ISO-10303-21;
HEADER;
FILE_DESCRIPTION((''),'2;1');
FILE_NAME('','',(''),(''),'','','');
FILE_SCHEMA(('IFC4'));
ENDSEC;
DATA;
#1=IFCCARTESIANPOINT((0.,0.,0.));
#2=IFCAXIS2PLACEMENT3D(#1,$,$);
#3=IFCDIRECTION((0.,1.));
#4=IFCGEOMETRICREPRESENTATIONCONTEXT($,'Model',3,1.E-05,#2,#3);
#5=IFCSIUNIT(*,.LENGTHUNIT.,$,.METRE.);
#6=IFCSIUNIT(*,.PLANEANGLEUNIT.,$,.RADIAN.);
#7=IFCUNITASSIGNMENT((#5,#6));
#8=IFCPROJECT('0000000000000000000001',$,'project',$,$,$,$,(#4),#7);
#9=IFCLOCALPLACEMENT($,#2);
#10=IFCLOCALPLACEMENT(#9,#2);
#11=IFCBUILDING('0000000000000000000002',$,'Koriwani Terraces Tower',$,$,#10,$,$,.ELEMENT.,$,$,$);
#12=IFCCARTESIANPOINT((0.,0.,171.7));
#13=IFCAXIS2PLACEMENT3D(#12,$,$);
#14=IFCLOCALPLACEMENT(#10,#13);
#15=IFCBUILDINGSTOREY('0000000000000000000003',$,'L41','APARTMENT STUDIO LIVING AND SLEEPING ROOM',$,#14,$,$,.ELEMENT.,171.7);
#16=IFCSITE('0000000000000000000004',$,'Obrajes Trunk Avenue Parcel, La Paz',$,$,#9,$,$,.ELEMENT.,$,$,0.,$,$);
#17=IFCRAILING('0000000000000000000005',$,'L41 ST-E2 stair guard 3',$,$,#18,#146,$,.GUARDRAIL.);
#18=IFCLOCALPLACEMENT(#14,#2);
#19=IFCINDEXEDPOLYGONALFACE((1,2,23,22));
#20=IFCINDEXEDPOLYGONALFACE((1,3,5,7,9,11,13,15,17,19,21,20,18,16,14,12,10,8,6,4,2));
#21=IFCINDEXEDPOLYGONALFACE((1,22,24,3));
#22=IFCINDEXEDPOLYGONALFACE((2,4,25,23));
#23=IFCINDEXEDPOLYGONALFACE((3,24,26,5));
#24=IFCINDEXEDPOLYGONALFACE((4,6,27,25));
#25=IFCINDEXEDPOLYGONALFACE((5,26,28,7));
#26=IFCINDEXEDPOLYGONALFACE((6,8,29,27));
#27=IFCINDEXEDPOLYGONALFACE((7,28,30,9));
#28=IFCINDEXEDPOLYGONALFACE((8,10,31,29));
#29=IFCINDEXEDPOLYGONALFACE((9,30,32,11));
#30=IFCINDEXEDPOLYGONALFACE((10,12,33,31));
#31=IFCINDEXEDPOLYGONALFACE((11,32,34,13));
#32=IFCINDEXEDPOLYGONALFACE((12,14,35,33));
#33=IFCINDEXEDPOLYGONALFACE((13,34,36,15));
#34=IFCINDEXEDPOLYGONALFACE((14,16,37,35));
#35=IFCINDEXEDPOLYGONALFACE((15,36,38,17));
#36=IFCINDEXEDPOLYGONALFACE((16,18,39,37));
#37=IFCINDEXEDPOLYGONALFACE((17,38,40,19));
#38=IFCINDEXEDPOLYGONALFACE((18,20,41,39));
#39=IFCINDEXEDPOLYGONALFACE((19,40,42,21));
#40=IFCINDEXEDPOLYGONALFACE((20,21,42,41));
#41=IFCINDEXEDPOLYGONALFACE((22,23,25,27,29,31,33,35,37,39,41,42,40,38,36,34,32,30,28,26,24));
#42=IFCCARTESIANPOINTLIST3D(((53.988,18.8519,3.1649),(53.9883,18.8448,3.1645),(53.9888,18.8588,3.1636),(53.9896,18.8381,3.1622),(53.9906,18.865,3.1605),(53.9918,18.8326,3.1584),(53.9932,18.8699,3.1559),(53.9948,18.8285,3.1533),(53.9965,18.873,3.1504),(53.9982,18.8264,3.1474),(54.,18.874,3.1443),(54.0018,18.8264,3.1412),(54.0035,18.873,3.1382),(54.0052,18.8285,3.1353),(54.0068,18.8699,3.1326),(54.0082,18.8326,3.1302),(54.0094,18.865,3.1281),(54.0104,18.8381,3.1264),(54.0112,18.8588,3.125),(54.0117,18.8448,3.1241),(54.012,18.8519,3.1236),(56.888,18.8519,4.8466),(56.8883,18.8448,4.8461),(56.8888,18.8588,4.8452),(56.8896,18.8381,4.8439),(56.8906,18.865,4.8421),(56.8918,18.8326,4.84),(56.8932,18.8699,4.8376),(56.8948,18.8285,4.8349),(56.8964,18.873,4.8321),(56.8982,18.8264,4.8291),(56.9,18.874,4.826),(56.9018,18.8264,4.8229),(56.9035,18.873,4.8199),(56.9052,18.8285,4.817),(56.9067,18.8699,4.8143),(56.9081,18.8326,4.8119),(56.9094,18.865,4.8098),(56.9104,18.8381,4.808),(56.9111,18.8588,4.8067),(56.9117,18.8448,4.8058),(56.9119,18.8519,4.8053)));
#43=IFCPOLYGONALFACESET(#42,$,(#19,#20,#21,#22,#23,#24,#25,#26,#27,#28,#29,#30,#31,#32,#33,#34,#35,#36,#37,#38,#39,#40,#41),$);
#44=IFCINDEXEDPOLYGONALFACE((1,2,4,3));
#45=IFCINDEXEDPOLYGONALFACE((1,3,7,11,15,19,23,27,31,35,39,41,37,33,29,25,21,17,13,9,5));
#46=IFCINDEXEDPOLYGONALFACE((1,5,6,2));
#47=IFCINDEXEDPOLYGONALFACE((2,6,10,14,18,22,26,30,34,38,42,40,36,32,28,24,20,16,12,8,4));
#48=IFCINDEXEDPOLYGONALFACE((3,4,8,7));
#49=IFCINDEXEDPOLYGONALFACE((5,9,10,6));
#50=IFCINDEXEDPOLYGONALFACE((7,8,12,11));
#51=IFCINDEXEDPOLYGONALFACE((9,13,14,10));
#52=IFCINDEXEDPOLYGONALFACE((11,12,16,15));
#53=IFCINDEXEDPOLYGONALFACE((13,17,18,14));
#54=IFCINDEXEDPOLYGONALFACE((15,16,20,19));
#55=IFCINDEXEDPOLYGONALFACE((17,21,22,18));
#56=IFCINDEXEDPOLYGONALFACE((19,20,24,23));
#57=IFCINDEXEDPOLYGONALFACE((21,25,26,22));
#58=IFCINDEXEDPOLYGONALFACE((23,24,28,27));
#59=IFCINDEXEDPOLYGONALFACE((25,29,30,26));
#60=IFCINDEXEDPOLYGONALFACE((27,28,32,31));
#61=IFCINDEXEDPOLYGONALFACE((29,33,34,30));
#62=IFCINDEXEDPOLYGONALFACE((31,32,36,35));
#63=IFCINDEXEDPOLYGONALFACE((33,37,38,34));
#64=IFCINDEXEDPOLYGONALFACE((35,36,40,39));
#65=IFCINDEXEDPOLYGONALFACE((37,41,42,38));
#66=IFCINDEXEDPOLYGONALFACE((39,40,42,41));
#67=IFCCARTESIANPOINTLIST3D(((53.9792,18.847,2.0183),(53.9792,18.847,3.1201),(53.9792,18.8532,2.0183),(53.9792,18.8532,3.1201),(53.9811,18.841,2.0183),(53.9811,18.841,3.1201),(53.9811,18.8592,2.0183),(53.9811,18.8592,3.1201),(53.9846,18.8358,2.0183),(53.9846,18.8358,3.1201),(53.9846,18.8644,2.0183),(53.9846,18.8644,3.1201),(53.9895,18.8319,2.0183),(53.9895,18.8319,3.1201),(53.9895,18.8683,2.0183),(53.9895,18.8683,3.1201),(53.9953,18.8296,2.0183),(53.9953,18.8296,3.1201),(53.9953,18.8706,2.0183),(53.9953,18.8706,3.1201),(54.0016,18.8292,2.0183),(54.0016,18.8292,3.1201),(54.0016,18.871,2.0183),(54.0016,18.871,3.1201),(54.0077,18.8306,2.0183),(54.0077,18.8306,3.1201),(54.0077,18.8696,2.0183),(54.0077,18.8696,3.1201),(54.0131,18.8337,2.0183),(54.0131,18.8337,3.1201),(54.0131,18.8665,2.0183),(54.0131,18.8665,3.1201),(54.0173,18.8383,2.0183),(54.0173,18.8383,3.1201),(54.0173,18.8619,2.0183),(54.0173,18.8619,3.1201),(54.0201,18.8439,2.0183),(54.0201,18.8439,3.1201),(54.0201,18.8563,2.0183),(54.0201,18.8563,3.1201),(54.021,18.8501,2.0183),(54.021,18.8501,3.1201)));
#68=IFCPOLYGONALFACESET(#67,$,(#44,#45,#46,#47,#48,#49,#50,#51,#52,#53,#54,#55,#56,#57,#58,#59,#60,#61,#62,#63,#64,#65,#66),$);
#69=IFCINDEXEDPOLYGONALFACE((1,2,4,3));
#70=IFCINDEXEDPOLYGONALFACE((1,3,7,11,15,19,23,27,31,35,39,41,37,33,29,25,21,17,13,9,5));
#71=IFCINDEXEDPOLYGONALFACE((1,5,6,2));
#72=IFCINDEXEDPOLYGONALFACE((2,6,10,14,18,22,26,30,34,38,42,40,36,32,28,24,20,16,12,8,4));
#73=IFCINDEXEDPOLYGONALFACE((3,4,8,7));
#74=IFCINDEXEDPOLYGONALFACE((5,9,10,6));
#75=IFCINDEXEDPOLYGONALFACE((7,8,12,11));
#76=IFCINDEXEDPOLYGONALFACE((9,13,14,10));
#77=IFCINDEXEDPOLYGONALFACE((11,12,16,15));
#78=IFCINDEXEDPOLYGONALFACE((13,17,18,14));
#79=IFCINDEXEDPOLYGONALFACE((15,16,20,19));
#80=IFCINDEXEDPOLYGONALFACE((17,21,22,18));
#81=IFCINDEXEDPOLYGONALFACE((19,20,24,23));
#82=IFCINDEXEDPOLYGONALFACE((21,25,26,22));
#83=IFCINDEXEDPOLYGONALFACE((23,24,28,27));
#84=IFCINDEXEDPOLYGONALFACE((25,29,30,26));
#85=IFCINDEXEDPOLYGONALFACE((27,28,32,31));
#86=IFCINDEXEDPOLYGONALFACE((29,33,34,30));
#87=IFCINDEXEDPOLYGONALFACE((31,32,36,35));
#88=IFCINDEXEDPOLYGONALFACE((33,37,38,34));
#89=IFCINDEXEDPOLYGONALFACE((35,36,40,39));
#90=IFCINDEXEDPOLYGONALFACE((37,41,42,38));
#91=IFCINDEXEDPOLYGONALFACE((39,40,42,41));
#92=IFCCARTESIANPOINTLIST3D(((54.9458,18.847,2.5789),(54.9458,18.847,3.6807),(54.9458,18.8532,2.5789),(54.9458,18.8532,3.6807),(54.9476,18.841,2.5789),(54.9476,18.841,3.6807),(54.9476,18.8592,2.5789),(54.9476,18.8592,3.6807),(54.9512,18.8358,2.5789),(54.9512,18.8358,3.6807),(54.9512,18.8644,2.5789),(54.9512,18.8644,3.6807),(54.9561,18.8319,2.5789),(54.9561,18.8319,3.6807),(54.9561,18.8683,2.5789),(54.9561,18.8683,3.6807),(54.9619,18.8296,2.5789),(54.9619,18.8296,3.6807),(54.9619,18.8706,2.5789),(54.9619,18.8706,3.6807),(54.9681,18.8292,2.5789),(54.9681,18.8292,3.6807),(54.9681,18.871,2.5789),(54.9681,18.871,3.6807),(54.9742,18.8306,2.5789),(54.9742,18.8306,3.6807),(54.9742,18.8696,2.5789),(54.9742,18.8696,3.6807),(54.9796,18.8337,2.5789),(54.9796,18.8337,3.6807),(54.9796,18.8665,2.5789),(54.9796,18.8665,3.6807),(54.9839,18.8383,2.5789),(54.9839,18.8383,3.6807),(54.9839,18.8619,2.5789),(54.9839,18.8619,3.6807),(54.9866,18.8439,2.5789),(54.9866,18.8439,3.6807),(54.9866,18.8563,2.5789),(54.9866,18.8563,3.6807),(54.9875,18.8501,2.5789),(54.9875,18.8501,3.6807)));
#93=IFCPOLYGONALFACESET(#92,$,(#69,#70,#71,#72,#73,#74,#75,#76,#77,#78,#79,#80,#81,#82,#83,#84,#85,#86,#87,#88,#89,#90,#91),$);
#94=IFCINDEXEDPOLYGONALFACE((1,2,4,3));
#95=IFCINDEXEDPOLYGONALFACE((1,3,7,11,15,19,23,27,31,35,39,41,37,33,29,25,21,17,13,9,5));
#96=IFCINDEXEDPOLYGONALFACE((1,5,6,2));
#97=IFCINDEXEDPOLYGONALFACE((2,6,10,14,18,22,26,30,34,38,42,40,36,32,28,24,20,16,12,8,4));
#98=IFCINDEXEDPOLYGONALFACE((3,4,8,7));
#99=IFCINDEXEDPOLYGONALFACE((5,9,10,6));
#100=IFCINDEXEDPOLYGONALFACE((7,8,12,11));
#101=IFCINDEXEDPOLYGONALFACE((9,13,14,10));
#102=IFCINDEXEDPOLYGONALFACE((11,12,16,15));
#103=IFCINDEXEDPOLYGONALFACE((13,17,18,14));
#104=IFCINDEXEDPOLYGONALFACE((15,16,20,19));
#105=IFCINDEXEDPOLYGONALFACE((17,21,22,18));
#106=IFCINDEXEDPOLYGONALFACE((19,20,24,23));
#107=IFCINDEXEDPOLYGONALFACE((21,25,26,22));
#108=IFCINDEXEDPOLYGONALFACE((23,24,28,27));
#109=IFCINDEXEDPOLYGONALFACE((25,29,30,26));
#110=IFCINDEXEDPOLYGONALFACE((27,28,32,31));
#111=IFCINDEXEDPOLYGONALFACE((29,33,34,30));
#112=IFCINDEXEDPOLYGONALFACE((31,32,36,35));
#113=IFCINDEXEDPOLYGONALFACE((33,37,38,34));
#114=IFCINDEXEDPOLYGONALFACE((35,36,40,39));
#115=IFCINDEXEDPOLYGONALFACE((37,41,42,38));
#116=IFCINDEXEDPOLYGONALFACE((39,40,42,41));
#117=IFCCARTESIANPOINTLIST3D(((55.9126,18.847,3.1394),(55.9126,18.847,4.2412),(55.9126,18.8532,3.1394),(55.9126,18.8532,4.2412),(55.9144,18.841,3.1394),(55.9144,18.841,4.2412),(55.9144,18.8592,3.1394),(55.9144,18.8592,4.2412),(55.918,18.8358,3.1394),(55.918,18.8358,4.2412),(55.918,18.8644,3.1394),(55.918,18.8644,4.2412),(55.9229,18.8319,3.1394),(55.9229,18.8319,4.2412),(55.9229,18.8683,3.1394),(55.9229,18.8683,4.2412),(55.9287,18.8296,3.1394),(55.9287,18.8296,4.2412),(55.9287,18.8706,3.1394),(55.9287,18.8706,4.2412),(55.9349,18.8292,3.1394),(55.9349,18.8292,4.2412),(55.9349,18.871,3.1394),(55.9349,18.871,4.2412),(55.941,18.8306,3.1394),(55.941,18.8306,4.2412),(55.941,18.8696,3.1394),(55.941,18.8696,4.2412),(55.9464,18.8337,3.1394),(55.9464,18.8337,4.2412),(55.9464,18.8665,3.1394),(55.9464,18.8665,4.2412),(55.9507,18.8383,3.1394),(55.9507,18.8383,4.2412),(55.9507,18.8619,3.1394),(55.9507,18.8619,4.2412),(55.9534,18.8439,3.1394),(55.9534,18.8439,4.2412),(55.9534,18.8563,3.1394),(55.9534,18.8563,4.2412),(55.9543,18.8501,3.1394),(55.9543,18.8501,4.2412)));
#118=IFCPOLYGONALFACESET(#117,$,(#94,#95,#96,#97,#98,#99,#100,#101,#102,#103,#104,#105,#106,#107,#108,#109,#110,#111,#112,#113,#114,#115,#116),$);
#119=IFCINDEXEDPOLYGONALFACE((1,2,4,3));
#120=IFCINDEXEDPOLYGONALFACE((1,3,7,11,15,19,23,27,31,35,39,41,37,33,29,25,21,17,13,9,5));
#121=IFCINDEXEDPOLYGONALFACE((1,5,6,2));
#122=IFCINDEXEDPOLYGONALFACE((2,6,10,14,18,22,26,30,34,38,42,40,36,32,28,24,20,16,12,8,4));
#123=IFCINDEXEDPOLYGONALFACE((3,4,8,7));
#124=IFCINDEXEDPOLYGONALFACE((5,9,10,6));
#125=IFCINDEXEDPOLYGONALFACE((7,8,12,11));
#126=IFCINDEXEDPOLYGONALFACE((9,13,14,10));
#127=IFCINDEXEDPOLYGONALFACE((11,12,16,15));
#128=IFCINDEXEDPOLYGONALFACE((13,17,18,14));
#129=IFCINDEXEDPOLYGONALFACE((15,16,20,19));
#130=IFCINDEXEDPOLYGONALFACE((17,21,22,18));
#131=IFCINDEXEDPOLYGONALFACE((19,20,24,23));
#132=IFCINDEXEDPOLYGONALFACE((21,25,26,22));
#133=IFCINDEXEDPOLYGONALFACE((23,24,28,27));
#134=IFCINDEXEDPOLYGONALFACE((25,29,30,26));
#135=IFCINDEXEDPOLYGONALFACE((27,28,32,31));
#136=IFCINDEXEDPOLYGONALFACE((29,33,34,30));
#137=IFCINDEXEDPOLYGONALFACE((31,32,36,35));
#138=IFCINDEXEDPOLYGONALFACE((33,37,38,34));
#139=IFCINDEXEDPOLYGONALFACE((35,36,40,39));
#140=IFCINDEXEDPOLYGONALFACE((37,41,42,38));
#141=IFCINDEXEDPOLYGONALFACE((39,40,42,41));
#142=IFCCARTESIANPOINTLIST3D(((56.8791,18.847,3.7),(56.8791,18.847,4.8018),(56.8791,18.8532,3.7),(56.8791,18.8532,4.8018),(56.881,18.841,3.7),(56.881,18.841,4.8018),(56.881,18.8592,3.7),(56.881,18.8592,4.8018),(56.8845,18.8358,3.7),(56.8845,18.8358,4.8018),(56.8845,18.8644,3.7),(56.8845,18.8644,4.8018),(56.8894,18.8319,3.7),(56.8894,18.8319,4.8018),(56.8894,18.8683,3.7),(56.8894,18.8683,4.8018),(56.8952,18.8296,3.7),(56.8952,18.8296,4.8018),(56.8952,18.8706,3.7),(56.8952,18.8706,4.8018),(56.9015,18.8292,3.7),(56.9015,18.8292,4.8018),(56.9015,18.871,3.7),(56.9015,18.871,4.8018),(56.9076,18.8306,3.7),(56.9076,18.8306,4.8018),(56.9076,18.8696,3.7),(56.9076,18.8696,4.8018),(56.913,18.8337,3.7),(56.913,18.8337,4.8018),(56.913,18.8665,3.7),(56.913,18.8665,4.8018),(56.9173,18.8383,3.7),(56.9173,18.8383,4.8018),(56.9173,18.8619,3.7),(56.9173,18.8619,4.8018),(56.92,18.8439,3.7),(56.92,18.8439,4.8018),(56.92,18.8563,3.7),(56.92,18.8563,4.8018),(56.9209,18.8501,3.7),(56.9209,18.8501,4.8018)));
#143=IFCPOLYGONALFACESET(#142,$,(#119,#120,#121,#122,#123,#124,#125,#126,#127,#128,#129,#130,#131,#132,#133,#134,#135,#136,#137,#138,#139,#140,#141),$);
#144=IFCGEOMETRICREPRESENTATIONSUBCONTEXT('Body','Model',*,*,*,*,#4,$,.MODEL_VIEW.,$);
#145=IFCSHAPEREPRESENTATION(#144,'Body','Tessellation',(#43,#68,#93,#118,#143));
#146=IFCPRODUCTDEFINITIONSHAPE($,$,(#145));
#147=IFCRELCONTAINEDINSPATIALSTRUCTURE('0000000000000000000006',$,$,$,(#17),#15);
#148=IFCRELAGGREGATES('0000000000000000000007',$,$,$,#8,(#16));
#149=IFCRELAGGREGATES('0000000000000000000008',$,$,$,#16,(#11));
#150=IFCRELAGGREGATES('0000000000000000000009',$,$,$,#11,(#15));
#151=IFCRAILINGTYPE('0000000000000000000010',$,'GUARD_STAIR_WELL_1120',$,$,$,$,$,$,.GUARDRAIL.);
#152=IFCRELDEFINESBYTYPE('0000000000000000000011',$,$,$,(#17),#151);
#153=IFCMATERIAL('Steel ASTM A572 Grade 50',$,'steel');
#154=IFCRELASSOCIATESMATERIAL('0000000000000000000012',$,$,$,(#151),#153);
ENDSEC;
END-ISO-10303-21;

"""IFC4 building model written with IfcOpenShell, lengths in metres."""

from ifc_helpers import new_model, si_unit, direction, frame, origin, origin_2d, place, context, subcontext, project, spatial, circle, extrude, material, type_object, element, save


model = new_model("IFC4")

# Units and contexts
model_context = context("Model", 3, precision=1e-05, world=origin(), true_north=direction((0.0, 1.0)))
body_context = subcontext(model_context, "Body", "Model", "MODEL_VIEW")
ifc_project = project(units=[si_unit("LENGTHUNIT", "METRE"), si_unit("PLANEANGLEUNIT", "RADIAN")], contexts=[model_context])

# Site, building, storey
site_placement = place(None, origin())
site = spatial("IfcSite", under=ifc_project, at=site_placement, Name="Obrajes Trunk Avenue Parcel, La Paz", CompositionType="ELEMENT", RefElevation=0.0)
building_placement = place(site_placement, origin())
building = spatial("IfcBuilding", under=site, at=building_placement, Name="Koriwani Terraces Tower", CompositionType="ELEMENT")
storey_placement = place(building_placement, frame((0.0, 0.0, 171.7)))
storey = spatial("IfcBuildingStorey", under=building, at=storey_placement, Name="L41", Description="APARTMENT STUDIO LIVING AND SLEEPING ROOM", CompositionType="ELEMENT", Elevation=171.7)

# Shared definitions
ifc_material_1 = material(Name="Steel ASTM A572 Grade 50", Category="steel")

# Railing
railing_type_1 = type_object("IfcRailingType", Name="GUARD_STAIR_WELL_1120", PredefinedType="GUARDRAIL", material=ifc_material_1)
railing_1_placement = place(storey_placement, frame((54.0, 18.8501, 2.0183)))
element("IfcRailing", 1, at=railing_1_placement, inside=storey, type_object=railing_type_1, Name="L41 ST-E2 stair guard 3", PredefinedType="GUARDRAIL", context=body_context, shape_type="SweptSolid", body=[
    extrude(circle(Radius=0.0239, at=origin_2d()), frame((0.0, 0.0, 1.126), z_axis=(0.86507, 0.0, 0.501651), x_axis=(0.0, 1.0, 0.0)), (0.0, 0.0, 1.0), 3.3523),
    extrude(circle(Radius=0.021, at=origin_2d()), origin(), (0.0, 0.0, 1.0), 1.1018),
    extrude(circle(Radius=0.021, at=origin_2d()), frame((0.9666, 0.0, 0.5605)), (0.0, 0.0, 1.0), 1.1018),
    extrude(circle(Radius=0.021, at=origin_2d()), frame((1.9333, 0.0, 1.1211)), (0.0, 0.0, 1.0), 1.1018),
    extrude(circle(Radius=0.021, at=origin_2d()), frame((2.8999, 0.0, 1.6816)), (0.0, 0.0, 1.0), 1.1018),
])

save(model, "model.ifc")
